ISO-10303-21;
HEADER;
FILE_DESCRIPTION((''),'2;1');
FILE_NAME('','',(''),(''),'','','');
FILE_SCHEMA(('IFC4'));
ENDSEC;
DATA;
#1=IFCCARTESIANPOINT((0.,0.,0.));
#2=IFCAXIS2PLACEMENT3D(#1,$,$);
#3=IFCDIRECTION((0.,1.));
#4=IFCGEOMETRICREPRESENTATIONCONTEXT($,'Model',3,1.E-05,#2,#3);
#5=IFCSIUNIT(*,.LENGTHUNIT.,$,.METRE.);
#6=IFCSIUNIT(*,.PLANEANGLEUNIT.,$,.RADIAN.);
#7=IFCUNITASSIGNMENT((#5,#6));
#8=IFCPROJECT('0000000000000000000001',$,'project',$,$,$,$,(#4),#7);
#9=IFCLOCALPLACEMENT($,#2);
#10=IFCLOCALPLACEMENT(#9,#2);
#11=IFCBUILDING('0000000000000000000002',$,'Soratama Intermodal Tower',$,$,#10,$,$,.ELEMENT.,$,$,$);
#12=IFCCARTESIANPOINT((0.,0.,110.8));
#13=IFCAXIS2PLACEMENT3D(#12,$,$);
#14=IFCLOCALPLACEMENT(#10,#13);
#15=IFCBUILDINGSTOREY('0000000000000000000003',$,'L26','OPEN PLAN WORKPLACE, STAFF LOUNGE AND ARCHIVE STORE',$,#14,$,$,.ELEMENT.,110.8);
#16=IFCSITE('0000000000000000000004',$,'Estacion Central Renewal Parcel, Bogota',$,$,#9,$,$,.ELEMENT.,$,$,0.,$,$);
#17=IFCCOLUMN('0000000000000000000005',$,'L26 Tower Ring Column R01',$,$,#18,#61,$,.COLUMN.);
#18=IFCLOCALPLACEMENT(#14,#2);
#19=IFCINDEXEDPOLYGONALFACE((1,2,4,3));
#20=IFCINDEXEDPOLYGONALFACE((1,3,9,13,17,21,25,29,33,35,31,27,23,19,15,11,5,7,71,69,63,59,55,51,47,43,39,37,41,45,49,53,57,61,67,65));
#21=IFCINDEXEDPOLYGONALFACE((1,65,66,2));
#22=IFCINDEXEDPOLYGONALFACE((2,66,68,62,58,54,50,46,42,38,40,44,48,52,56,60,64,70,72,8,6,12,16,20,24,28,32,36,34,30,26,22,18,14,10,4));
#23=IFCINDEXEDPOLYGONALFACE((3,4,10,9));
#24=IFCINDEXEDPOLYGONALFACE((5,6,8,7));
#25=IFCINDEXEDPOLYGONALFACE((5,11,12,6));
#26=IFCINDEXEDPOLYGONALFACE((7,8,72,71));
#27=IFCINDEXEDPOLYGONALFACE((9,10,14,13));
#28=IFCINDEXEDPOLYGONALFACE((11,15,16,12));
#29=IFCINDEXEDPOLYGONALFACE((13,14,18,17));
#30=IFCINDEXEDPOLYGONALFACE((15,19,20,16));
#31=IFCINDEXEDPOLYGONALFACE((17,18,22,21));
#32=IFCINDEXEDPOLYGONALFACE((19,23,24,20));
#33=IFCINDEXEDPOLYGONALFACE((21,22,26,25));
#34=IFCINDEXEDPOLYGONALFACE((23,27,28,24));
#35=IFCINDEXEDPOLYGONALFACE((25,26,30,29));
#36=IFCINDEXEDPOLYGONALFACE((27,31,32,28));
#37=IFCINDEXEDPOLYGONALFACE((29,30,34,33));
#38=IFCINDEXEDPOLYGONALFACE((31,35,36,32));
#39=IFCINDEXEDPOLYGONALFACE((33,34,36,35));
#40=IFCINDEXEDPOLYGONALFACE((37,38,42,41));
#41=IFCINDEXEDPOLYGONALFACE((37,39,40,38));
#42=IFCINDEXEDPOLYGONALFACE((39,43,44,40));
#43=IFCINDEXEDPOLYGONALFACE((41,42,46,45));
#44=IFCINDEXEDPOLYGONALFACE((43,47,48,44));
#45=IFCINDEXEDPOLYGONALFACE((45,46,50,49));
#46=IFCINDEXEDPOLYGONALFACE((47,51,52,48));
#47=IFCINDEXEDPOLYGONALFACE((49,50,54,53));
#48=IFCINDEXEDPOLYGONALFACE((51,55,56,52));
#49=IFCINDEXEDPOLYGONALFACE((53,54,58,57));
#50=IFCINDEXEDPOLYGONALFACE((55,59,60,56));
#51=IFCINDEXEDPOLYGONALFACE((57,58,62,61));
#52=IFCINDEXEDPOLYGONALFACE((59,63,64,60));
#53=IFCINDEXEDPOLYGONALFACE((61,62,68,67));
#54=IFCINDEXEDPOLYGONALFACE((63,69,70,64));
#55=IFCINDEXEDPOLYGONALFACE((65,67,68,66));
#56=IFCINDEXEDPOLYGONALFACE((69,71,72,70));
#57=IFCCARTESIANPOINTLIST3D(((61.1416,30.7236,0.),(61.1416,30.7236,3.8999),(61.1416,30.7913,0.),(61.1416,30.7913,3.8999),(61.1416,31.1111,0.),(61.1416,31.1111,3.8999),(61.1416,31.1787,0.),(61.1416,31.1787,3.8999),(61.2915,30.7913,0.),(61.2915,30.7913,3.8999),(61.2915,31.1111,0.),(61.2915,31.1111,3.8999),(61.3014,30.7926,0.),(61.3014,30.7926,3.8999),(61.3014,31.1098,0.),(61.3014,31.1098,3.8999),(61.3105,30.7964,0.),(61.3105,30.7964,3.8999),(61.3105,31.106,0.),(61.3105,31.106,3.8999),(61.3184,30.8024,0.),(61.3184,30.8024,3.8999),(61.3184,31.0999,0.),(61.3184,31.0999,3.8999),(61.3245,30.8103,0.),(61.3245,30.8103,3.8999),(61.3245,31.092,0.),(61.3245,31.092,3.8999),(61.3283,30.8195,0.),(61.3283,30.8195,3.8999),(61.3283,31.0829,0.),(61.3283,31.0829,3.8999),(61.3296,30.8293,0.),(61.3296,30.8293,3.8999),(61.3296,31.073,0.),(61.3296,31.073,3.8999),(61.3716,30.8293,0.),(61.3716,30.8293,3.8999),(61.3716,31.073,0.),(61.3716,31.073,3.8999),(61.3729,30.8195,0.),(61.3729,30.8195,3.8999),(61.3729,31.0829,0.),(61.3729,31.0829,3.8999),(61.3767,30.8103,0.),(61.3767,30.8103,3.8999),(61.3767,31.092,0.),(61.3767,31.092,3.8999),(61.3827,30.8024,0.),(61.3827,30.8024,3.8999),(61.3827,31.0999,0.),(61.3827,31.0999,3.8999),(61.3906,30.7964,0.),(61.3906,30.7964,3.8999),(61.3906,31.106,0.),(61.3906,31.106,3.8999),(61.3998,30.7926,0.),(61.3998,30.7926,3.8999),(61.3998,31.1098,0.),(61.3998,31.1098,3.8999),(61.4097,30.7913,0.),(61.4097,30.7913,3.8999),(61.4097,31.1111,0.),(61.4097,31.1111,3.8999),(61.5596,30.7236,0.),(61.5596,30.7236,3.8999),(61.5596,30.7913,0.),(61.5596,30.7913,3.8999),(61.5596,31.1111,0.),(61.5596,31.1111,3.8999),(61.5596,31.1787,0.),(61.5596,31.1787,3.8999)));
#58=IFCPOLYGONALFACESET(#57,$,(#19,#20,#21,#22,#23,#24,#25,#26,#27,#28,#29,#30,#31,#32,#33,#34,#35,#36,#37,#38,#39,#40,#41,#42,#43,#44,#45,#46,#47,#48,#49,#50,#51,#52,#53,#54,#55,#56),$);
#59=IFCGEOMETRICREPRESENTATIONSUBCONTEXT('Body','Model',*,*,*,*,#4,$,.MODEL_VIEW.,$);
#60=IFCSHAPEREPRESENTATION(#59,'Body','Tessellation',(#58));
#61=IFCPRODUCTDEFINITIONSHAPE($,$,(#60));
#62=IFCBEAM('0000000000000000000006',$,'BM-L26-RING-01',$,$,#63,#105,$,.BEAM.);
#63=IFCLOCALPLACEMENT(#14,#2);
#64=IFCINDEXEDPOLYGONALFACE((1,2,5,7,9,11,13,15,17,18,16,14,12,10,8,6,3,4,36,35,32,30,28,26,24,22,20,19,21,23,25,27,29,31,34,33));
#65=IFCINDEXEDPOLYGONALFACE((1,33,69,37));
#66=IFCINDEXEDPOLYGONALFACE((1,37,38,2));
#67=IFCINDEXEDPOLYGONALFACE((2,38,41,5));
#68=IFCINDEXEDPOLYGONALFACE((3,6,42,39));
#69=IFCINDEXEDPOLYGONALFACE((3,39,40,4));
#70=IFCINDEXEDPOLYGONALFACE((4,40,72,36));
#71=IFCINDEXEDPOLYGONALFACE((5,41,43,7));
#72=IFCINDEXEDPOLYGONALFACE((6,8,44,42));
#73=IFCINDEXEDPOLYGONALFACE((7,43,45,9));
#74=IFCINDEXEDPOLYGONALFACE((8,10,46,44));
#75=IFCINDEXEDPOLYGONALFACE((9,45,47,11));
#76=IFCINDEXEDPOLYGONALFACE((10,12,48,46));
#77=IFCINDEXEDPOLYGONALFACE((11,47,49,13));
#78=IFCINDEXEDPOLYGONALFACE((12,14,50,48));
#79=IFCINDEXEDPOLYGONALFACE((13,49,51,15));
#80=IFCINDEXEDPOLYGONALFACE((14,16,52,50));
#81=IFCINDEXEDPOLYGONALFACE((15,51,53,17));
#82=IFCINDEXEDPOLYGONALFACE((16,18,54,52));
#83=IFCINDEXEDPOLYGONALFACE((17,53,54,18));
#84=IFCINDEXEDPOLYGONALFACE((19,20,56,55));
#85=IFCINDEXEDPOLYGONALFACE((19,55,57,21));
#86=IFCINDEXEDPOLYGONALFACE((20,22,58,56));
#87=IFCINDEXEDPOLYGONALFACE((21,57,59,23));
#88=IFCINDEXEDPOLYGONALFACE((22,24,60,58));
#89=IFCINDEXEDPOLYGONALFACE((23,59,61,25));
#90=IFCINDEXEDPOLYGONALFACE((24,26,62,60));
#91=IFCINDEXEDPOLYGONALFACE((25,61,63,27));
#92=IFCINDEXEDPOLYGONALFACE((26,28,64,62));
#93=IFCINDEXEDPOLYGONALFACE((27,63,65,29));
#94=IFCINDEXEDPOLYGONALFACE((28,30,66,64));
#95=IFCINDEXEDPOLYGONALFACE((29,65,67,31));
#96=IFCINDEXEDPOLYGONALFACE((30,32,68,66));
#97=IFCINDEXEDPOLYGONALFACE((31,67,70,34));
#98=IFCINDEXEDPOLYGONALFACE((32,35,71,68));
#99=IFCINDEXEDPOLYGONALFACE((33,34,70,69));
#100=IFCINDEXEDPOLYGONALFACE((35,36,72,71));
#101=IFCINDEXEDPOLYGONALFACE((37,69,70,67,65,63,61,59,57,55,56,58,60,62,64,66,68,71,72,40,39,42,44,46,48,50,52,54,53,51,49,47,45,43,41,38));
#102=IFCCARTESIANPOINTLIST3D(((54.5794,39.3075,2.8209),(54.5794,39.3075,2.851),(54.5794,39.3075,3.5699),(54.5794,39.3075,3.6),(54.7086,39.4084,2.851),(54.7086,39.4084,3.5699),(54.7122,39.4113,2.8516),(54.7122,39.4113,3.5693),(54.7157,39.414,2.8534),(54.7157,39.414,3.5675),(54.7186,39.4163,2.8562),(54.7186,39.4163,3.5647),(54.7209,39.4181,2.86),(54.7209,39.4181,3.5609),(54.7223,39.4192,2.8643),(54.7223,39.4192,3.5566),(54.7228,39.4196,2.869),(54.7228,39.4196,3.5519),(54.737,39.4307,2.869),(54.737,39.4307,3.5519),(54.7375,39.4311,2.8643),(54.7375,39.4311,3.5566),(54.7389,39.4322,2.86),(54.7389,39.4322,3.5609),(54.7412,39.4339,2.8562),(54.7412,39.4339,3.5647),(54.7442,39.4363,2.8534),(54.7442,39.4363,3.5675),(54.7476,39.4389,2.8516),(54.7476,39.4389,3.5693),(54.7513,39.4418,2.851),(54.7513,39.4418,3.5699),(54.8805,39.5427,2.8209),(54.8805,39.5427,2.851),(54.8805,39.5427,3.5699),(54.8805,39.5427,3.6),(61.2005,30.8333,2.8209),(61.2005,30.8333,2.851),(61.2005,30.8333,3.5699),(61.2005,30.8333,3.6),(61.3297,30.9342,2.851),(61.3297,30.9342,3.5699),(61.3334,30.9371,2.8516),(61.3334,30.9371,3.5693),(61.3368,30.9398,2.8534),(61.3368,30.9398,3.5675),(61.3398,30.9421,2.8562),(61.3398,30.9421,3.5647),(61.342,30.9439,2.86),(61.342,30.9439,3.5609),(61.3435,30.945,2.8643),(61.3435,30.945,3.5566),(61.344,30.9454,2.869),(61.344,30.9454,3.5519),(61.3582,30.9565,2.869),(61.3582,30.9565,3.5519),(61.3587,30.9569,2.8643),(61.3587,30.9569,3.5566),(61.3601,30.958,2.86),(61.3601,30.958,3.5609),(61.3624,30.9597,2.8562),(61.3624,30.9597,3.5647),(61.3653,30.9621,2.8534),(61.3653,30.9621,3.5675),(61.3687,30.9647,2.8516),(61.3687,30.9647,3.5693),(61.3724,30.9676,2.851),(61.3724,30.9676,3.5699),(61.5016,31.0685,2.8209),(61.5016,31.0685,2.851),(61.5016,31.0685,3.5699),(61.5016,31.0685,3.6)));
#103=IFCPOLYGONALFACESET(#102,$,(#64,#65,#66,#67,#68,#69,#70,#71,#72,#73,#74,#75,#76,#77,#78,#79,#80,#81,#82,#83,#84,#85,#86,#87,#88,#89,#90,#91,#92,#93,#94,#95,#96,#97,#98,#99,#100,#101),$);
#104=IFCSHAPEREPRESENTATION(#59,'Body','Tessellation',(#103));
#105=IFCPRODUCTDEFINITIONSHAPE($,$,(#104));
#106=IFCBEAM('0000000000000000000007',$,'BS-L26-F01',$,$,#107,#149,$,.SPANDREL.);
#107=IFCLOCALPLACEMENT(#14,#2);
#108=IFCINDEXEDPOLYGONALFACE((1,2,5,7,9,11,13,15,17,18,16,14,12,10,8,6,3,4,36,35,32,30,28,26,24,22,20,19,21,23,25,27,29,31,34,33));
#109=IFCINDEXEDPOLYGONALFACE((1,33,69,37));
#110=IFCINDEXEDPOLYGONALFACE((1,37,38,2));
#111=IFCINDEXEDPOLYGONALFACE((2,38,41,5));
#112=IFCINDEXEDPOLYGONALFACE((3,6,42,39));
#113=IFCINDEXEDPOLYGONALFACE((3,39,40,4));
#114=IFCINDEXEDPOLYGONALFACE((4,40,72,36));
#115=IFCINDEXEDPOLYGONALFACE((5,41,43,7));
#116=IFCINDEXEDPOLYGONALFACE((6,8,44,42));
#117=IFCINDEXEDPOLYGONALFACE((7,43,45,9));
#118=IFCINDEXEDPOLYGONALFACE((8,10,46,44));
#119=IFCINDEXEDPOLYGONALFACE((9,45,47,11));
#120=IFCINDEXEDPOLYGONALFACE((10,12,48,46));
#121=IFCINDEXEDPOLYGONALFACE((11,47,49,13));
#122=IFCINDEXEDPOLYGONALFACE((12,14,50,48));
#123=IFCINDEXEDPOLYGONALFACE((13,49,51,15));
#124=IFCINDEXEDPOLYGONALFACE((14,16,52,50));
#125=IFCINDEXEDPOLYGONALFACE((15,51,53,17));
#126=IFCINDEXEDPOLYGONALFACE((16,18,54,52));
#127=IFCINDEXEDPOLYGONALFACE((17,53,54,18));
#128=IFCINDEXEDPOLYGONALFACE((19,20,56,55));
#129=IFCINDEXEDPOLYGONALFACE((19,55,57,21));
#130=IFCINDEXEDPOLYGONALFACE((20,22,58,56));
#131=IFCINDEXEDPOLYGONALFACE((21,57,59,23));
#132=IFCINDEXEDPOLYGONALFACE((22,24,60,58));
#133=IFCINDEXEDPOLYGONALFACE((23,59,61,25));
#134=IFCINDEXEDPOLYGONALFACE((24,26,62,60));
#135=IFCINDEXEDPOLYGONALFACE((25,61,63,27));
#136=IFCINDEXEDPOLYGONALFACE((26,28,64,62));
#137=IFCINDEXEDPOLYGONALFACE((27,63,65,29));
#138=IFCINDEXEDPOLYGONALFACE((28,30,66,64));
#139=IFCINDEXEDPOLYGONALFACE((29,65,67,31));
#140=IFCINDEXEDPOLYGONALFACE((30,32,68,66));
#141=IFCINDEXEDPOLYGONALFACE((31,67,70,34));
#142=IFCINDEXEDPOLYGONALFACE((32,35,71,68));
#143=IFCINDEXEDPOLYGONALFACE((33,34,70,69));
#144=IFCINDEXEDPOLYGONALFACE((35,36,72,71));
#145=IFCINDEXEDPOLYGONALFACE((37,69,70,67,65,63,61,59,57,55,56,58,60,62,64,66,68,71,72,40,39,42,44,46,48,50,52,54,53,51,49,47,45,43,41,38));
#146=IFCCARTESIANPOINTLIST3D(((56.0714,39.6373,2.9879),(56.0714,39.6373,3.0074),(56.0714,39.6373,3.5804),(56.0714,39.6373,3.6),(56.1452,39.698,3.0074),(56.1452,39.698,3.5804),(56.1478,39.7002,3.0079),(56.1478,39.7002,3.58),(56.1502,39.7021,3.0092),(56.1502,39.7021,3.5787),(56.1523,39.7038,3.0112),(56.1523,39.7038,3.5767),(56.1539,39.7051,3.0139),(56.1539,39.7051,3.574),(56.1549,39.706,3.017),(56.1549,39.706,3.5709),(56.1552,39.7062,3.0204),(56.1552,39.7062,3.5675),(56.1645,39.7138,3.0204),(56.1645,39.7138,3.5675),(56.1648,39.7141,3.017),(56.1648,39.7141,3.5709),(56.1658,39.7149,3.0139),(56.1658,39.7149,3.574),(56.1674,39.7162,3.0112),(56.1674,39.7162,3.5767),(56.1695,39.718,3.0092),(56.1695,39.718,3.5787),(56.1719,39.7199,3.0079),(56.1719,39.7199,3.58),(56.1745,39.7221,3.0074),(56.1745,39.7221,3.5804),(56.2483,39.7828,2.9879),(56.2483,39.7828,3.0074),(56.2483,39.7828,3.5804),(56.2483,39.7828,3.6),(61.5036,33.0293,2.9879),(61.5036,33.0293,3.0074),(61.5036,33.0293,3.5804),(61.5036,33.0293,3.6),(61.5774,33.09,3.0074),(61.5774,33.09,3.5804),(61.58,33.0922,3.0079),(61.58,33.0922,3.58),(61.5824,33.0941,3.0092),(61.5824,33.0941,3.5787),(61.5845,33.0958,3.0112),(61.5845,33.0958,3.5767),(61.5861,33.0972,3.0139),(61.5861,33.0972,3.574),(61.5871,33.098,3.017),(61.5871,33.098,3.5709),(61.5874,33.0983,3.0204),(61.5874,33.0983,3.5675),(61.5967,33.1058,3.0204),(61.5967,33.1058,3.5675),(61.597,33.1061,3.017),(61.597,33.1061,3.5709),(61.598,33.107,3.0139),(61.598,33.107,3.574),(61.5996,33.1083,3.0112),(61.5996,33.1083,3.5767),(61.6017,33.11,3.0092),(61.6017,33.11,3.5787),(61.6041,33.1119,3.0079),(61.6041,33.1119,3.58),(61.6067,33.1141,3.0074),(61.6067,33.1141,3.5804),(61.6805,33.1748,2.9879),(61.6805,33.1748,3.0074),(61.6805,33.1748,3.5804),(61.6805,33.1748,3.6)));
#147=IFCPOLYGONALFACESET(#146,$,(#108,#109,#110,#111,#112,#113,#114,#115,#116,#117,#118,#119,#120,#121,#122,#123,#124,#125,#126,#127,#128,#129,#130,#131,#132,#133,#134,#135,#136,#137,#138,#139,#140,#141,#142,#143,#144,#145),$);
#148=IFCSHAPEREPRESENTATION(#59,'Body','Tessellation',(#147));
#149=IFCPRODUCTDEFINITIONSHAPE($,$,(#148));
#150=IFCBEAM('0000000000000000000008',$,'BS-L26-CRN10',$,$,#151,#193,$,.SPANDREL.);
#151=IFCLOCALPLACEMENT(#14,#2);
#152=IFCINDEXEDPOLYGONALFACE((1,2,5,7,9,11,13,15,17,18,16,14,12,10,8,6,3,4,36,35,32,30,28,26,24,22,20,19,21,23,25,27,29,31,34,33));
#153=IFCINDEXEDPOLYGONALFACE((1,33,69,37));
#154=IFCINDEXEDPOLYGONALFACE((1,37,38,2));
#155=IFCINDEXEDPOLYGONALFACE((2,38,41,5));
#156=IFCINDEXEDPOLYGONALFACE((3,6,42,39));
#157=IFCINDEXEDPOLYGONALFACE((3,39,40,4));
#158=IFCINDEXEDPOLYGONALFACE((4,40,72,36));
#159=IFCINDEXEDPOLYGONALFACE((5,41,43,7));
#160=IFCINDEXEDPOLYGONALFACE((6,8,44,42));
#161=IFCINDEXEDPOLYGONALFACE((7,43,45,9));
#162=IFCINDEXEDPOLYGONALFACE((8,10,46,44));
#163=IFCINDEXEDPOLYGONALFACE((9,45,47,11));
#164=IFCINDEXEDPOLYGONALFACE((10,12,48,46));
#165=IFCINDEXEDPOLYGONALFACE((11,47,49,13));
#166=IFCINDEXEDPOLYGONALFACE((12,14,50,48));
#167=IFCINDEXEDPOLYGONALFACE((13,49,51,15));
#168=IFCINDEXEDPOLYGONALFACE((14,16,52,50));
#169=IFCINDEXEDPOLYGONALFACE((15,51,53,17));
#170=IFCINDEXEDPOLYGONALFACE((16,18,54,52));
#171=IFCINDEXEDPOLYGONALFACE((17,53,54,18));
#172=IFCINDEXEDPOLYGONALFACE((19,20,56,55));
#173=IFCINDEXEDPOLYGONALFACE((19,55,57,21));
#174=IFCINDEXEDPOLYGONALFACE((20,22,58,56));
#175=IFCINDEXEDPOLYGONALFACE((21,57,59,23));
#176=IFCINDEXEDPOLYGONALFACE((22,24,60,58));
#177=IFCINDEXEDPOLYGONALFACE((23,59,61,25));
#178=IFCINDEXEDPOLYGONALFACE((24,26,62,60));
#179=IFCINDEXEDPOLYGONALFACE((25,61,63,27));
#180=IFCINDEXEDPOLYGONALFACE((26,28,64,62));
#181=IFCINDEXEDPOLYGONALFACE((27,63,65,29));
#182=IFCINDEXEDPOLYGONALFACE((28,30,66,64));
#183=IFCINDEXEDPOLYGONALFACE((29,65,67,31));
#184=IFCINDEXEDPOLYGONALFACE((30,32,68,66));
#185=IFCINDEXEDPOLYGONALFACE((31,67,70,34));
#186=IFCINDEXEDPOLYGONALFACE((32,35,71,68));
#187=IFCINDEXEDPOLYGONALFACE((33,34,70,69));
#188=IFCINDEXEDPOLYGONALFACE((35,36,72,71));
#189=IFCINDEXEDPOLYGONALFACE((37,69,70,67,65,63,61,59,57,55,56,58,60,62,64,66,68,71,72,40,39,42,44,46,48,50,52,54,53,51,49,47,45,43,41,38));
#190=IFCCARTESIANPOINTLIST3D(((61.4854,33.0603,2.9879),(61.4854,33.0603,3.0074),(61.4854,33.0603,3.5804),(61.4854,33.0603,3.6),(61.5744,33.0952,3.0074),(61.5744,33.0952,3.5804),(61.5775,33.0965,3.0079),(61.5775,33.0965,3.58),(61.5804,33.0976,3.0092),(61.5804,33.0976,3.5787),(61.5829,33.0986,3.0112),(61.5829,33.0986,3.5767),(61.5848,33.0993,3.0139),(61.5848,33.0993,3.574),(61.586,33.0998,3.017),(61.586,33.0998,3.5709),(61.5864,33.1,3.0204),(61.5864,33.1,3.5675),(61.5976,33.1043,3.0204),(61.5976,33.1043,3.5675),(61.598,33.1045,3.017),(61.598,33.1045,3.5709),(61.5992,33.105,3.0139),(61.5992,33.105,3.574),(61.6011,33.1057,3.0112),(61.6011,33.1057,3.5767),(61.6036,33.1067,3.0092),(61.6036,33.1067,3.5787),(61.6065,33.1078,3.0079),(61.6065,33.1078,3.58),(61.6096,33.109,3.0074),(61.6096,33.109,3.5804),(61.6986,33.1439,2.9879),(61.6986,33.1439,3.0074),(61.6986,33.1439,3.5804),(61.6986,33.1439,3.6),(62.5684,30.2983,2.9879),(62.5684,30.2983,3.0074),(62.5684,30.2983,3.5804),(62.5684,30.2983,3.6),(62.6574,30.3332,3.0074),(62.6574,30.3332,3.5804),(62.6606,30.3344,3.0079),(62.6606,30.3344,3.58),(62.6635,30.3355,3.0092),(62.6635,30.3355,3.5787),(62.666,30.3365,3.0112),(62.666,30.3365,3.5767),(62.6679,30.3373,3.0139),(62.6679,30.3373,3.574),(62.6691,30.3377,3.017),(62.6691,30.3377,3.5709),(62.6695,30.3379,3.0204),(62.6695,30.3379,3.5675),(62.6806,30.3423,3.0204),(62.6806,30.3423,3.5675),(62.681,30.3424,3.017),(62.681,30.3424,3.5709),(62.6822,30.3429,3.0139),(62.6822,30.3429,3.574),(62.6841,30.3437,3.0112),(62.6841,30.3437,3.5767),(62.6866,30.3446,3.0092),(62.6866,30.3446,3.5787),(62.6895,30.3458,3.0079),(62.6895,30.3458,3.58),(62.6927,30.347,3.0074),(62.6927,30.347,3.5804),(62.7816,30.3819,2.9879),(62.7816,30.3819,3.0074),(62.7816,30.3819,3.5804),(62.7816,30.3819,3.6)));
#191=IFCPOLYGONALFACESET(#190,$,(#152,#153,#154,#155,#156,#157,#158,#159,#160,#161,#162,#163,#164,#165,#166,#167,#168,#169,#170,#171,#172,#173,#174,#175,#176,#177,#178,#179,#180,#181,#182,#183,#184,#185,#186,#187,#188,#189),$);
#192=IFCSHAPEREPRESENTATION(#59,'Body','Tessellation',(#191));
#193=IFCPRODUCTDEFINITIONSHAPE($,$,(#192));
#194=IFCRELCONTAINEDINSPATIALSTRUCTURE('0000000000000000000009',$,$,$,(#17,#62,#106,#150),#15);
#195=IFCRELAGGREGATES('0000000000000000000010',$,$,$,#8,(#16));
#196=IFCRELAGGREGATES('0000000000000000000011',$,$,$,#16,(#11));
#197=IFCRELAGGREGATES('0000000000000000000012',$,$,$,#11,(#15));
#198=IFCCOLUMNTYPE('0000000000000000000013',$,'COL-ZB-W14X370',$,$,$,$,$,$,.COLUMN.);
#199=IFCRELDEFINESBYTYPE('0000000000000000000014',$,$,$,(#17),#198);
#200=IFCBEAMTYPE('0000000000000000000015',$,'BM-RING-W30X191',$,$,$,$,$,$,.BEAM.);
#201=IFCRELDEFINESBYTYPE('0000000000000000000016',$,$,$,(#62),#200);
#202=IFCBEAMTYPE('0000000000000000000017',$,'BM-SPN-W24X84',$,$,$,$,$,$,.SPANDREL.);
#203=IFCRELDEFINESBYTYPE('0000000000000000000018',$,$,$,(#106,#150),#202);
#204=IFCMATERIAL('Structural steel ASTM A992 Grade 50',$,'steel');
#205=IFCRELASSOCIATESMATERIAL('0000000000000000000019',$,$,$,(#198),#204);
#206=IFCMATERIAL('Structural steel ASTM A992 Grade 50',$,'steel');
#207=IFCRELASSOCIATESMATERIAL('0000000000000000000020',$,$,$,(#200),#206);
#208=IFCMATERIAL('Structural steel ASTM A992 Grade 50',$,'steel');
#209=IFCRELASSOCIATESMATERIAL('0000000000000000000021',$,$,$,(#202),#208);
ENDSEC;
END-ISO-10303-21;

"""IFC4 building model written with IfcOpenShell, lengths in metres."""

from ifc_helpers import new_model, si_unit, direction, frame, origin, origin_2d, place, context, subcontext, project, spatial, i_section, extrude, material, material_profile, profile_set, type_object, element, save


model = new_model("IFC4")

# Units and contexts
model_context = context("Model", 3, precision=1e-05, world=origin(), true_north=direction((0.0, 1.0)))
body_context = subcontext(model_context, "Body", "Model", "MODEL_VIEW")
ifc_project = project(units=[si_unit("LENGTHUNIT", "METRE"), si_unit("PLANEANGLEUNIT", "RADIAN")], contexts=[model_context])

# Site, building, storey
site_placement = place(None, origin())
site = spatial("IfcSite", under=ifc_project, at=site_placement, Name="Estacion Central Renewal Parcel, Bogota", CompositionType="ELEMENT", RefElevation=0.0)
building_placement = place(site_placement, origin())
building = spatial("IfcBuilding", under=site, at=building_placement, Name="Soratama Intermodal Tower", CompositionType="ELEMENT")
storey_placement = place(building_placement, frame((0.0, 0.0, 110.8)))
storey = spatial("IfcBuildingStorey", under=building, at=storey_placement, Name="L26", Description="OPEN PLAN WORKPLACE, STAFF LOUNGE AND ARCHIVE STORE", CompositionType="ELEMENT", Elevation=110.8)

# Column
ifc_material_1 = material(Name="Structural steel ASTM A992 Grade 50", Category="steel")
ifc_material_profile_1 = material_profile(ifc_material_1, i_section(OverallWidth=0.418, OverallDepth=0.4551, WebThickness=0.042, FlangeThickness=0.0676, FilletRadius=0.0381, at=origin_2d()), Name="W14X370")
ifc_profile_set_1 = profile_set([ifc_material_profile_1], Name="Structural steel ASTM A992 Grade 50")
column_type = type_object("IfcColumnType", Name="COL-ZB-W14X370", PredefinedType="COLUMN", material=ifc_profile_set_1)
column_placement = place(storey_placement, frame((61.3506, 30.9512, 0.0), z_axis=(0.0, 0.0, 1.0), x_axis=(1.0, 0.0, 0.0)))
element("IfcColumn", 1, at=column_placement, inside=storey, type_object=column_type, Name="L26 Tower Ring Column R01", PredefinedType="COLUMN", context=body_context, shape_type="SweptSolid", body=[
    extrude(i_section(OverallWidth=0.418, OverallDepth=0.4551, WebThickness=0.042, FlangeThickness=0.0676, FilletRadius=0.0381, at=origin_2d()), origin(), (0.0, 0.0, 1.0), 3.8999),
])

# Beams
ifc_material_2 = material(Name="Structural steel ASTM A992 Grade 50", Category="steel")
ifc_material_profile_2 = material_profile(ifc_material_2, i_section(OverallWidth=0.3821, OverallDepth=0.7791, WebThickness=0.0181, FlangeThickness=0.03, FilletRadius=0.0181, at=origin_2d()), Name="W30X191")
ifc_profile_set_2 = profile_set([ifc_material_profile_2], Name="Structural steel ASTM A992 Grade 50")
beam_type_1 = type_object("IfcBeamType", Name="BM-RING-W30X191", PredefinedType="BEAM", material=ifc_profile_set_2)
beam_1_placement = place(storey_placement, frame((61.3511, 30.9509, 3.2104), z_axis=(-0.615684, 0.787993, 0.0), x_axis=(-0.787993, -0.615684, 0.0)))
element("IfcBeam", 2, at=beam_1_placement, inside=storey, type_object=beam_type_1, Name="BM-L26-RING-01", PredefinedType="BEAM", context=body_context, shape_type="SweptSolid", body=[
    extrude(i_section(OverallWidth=0.3821, OverallDepth=0.7791, WebThickness=0.0181, FlangeThickness=0.03, FilletRadius=0.0181, at=origin_2d()), origin(), (0.0, 0.0, 1.0), 10.7542),
])
ifc_material_3 = material(Name="Structural steel ASTM A992 Grade 50", Category="steel")
ifc_material_profile_3 = material_profile(ifc_material_3, i_section(OverallWidth=0.229, OverallDepth=0.6121, WebThickness=0.012, FlangeThickness=0.0195, FilletRadius=0.0129, at=origin_2d()), Name="W24X84")
ifc_profile_set_3 = profile_set([ifc_material_profile_3], Name="Structural steel ASTM A992 Grade 50")
beam_type_2 = type_object("IfcBeamType", Name="BM-SPN-W24X84", PredefinedType="SPANDREL", material=ifc_profile_set_3)
beam_2_placement = place(storey_placement, frame((61.592, 33.1021, 3.2939), z_axis=(-0.635033, 0.772485, 0.0), x_axis=(-0.772485, -0.635033, 0.0)))
element("IfcBeam", 3, at=beam_2_placement, inside=storey, type_object=beam_type_2, Name="BS-L26-F01", PredefinedType="SPANDREL", context=body_context, shape_type="SweptSolid", body=[
    extrude(i_section(OverallWidth=0.229, OverallDepth=0.6121, WebThickness=0.012, FlangeThickness=0.0195, FilletRadius=0.0129, at=origin_2d()), origin(), (0.0, 0.0, 1.0), 8.5542),
])
beam_3_placement = place(storey_placement, frame((62.675, 30.3401, 3.2939), z_axis=(-0.365054, 0.930986, 0.0), x_axis=(-0.930986, -0.365054, 0.0)))
element("IfcBeam", 4, at=beam_3_placement, inside=storey, type_object=beam_type_2, Name="BS-L26-CRN10", PredefinedType="SPANDREL", context=body_context, shape_type="SweptSolid", body=[
    extrude(i_section(OverallWidth=0.229, OverallDepth=0.6121, WebThickness=0.012, FlangeThickness=0.0195, FilletRadius=0.0129, at=origin_2d()), origin(), (0.0, 0.0, 1.0), 2.9668),
])

save(model, "model.ifc")
